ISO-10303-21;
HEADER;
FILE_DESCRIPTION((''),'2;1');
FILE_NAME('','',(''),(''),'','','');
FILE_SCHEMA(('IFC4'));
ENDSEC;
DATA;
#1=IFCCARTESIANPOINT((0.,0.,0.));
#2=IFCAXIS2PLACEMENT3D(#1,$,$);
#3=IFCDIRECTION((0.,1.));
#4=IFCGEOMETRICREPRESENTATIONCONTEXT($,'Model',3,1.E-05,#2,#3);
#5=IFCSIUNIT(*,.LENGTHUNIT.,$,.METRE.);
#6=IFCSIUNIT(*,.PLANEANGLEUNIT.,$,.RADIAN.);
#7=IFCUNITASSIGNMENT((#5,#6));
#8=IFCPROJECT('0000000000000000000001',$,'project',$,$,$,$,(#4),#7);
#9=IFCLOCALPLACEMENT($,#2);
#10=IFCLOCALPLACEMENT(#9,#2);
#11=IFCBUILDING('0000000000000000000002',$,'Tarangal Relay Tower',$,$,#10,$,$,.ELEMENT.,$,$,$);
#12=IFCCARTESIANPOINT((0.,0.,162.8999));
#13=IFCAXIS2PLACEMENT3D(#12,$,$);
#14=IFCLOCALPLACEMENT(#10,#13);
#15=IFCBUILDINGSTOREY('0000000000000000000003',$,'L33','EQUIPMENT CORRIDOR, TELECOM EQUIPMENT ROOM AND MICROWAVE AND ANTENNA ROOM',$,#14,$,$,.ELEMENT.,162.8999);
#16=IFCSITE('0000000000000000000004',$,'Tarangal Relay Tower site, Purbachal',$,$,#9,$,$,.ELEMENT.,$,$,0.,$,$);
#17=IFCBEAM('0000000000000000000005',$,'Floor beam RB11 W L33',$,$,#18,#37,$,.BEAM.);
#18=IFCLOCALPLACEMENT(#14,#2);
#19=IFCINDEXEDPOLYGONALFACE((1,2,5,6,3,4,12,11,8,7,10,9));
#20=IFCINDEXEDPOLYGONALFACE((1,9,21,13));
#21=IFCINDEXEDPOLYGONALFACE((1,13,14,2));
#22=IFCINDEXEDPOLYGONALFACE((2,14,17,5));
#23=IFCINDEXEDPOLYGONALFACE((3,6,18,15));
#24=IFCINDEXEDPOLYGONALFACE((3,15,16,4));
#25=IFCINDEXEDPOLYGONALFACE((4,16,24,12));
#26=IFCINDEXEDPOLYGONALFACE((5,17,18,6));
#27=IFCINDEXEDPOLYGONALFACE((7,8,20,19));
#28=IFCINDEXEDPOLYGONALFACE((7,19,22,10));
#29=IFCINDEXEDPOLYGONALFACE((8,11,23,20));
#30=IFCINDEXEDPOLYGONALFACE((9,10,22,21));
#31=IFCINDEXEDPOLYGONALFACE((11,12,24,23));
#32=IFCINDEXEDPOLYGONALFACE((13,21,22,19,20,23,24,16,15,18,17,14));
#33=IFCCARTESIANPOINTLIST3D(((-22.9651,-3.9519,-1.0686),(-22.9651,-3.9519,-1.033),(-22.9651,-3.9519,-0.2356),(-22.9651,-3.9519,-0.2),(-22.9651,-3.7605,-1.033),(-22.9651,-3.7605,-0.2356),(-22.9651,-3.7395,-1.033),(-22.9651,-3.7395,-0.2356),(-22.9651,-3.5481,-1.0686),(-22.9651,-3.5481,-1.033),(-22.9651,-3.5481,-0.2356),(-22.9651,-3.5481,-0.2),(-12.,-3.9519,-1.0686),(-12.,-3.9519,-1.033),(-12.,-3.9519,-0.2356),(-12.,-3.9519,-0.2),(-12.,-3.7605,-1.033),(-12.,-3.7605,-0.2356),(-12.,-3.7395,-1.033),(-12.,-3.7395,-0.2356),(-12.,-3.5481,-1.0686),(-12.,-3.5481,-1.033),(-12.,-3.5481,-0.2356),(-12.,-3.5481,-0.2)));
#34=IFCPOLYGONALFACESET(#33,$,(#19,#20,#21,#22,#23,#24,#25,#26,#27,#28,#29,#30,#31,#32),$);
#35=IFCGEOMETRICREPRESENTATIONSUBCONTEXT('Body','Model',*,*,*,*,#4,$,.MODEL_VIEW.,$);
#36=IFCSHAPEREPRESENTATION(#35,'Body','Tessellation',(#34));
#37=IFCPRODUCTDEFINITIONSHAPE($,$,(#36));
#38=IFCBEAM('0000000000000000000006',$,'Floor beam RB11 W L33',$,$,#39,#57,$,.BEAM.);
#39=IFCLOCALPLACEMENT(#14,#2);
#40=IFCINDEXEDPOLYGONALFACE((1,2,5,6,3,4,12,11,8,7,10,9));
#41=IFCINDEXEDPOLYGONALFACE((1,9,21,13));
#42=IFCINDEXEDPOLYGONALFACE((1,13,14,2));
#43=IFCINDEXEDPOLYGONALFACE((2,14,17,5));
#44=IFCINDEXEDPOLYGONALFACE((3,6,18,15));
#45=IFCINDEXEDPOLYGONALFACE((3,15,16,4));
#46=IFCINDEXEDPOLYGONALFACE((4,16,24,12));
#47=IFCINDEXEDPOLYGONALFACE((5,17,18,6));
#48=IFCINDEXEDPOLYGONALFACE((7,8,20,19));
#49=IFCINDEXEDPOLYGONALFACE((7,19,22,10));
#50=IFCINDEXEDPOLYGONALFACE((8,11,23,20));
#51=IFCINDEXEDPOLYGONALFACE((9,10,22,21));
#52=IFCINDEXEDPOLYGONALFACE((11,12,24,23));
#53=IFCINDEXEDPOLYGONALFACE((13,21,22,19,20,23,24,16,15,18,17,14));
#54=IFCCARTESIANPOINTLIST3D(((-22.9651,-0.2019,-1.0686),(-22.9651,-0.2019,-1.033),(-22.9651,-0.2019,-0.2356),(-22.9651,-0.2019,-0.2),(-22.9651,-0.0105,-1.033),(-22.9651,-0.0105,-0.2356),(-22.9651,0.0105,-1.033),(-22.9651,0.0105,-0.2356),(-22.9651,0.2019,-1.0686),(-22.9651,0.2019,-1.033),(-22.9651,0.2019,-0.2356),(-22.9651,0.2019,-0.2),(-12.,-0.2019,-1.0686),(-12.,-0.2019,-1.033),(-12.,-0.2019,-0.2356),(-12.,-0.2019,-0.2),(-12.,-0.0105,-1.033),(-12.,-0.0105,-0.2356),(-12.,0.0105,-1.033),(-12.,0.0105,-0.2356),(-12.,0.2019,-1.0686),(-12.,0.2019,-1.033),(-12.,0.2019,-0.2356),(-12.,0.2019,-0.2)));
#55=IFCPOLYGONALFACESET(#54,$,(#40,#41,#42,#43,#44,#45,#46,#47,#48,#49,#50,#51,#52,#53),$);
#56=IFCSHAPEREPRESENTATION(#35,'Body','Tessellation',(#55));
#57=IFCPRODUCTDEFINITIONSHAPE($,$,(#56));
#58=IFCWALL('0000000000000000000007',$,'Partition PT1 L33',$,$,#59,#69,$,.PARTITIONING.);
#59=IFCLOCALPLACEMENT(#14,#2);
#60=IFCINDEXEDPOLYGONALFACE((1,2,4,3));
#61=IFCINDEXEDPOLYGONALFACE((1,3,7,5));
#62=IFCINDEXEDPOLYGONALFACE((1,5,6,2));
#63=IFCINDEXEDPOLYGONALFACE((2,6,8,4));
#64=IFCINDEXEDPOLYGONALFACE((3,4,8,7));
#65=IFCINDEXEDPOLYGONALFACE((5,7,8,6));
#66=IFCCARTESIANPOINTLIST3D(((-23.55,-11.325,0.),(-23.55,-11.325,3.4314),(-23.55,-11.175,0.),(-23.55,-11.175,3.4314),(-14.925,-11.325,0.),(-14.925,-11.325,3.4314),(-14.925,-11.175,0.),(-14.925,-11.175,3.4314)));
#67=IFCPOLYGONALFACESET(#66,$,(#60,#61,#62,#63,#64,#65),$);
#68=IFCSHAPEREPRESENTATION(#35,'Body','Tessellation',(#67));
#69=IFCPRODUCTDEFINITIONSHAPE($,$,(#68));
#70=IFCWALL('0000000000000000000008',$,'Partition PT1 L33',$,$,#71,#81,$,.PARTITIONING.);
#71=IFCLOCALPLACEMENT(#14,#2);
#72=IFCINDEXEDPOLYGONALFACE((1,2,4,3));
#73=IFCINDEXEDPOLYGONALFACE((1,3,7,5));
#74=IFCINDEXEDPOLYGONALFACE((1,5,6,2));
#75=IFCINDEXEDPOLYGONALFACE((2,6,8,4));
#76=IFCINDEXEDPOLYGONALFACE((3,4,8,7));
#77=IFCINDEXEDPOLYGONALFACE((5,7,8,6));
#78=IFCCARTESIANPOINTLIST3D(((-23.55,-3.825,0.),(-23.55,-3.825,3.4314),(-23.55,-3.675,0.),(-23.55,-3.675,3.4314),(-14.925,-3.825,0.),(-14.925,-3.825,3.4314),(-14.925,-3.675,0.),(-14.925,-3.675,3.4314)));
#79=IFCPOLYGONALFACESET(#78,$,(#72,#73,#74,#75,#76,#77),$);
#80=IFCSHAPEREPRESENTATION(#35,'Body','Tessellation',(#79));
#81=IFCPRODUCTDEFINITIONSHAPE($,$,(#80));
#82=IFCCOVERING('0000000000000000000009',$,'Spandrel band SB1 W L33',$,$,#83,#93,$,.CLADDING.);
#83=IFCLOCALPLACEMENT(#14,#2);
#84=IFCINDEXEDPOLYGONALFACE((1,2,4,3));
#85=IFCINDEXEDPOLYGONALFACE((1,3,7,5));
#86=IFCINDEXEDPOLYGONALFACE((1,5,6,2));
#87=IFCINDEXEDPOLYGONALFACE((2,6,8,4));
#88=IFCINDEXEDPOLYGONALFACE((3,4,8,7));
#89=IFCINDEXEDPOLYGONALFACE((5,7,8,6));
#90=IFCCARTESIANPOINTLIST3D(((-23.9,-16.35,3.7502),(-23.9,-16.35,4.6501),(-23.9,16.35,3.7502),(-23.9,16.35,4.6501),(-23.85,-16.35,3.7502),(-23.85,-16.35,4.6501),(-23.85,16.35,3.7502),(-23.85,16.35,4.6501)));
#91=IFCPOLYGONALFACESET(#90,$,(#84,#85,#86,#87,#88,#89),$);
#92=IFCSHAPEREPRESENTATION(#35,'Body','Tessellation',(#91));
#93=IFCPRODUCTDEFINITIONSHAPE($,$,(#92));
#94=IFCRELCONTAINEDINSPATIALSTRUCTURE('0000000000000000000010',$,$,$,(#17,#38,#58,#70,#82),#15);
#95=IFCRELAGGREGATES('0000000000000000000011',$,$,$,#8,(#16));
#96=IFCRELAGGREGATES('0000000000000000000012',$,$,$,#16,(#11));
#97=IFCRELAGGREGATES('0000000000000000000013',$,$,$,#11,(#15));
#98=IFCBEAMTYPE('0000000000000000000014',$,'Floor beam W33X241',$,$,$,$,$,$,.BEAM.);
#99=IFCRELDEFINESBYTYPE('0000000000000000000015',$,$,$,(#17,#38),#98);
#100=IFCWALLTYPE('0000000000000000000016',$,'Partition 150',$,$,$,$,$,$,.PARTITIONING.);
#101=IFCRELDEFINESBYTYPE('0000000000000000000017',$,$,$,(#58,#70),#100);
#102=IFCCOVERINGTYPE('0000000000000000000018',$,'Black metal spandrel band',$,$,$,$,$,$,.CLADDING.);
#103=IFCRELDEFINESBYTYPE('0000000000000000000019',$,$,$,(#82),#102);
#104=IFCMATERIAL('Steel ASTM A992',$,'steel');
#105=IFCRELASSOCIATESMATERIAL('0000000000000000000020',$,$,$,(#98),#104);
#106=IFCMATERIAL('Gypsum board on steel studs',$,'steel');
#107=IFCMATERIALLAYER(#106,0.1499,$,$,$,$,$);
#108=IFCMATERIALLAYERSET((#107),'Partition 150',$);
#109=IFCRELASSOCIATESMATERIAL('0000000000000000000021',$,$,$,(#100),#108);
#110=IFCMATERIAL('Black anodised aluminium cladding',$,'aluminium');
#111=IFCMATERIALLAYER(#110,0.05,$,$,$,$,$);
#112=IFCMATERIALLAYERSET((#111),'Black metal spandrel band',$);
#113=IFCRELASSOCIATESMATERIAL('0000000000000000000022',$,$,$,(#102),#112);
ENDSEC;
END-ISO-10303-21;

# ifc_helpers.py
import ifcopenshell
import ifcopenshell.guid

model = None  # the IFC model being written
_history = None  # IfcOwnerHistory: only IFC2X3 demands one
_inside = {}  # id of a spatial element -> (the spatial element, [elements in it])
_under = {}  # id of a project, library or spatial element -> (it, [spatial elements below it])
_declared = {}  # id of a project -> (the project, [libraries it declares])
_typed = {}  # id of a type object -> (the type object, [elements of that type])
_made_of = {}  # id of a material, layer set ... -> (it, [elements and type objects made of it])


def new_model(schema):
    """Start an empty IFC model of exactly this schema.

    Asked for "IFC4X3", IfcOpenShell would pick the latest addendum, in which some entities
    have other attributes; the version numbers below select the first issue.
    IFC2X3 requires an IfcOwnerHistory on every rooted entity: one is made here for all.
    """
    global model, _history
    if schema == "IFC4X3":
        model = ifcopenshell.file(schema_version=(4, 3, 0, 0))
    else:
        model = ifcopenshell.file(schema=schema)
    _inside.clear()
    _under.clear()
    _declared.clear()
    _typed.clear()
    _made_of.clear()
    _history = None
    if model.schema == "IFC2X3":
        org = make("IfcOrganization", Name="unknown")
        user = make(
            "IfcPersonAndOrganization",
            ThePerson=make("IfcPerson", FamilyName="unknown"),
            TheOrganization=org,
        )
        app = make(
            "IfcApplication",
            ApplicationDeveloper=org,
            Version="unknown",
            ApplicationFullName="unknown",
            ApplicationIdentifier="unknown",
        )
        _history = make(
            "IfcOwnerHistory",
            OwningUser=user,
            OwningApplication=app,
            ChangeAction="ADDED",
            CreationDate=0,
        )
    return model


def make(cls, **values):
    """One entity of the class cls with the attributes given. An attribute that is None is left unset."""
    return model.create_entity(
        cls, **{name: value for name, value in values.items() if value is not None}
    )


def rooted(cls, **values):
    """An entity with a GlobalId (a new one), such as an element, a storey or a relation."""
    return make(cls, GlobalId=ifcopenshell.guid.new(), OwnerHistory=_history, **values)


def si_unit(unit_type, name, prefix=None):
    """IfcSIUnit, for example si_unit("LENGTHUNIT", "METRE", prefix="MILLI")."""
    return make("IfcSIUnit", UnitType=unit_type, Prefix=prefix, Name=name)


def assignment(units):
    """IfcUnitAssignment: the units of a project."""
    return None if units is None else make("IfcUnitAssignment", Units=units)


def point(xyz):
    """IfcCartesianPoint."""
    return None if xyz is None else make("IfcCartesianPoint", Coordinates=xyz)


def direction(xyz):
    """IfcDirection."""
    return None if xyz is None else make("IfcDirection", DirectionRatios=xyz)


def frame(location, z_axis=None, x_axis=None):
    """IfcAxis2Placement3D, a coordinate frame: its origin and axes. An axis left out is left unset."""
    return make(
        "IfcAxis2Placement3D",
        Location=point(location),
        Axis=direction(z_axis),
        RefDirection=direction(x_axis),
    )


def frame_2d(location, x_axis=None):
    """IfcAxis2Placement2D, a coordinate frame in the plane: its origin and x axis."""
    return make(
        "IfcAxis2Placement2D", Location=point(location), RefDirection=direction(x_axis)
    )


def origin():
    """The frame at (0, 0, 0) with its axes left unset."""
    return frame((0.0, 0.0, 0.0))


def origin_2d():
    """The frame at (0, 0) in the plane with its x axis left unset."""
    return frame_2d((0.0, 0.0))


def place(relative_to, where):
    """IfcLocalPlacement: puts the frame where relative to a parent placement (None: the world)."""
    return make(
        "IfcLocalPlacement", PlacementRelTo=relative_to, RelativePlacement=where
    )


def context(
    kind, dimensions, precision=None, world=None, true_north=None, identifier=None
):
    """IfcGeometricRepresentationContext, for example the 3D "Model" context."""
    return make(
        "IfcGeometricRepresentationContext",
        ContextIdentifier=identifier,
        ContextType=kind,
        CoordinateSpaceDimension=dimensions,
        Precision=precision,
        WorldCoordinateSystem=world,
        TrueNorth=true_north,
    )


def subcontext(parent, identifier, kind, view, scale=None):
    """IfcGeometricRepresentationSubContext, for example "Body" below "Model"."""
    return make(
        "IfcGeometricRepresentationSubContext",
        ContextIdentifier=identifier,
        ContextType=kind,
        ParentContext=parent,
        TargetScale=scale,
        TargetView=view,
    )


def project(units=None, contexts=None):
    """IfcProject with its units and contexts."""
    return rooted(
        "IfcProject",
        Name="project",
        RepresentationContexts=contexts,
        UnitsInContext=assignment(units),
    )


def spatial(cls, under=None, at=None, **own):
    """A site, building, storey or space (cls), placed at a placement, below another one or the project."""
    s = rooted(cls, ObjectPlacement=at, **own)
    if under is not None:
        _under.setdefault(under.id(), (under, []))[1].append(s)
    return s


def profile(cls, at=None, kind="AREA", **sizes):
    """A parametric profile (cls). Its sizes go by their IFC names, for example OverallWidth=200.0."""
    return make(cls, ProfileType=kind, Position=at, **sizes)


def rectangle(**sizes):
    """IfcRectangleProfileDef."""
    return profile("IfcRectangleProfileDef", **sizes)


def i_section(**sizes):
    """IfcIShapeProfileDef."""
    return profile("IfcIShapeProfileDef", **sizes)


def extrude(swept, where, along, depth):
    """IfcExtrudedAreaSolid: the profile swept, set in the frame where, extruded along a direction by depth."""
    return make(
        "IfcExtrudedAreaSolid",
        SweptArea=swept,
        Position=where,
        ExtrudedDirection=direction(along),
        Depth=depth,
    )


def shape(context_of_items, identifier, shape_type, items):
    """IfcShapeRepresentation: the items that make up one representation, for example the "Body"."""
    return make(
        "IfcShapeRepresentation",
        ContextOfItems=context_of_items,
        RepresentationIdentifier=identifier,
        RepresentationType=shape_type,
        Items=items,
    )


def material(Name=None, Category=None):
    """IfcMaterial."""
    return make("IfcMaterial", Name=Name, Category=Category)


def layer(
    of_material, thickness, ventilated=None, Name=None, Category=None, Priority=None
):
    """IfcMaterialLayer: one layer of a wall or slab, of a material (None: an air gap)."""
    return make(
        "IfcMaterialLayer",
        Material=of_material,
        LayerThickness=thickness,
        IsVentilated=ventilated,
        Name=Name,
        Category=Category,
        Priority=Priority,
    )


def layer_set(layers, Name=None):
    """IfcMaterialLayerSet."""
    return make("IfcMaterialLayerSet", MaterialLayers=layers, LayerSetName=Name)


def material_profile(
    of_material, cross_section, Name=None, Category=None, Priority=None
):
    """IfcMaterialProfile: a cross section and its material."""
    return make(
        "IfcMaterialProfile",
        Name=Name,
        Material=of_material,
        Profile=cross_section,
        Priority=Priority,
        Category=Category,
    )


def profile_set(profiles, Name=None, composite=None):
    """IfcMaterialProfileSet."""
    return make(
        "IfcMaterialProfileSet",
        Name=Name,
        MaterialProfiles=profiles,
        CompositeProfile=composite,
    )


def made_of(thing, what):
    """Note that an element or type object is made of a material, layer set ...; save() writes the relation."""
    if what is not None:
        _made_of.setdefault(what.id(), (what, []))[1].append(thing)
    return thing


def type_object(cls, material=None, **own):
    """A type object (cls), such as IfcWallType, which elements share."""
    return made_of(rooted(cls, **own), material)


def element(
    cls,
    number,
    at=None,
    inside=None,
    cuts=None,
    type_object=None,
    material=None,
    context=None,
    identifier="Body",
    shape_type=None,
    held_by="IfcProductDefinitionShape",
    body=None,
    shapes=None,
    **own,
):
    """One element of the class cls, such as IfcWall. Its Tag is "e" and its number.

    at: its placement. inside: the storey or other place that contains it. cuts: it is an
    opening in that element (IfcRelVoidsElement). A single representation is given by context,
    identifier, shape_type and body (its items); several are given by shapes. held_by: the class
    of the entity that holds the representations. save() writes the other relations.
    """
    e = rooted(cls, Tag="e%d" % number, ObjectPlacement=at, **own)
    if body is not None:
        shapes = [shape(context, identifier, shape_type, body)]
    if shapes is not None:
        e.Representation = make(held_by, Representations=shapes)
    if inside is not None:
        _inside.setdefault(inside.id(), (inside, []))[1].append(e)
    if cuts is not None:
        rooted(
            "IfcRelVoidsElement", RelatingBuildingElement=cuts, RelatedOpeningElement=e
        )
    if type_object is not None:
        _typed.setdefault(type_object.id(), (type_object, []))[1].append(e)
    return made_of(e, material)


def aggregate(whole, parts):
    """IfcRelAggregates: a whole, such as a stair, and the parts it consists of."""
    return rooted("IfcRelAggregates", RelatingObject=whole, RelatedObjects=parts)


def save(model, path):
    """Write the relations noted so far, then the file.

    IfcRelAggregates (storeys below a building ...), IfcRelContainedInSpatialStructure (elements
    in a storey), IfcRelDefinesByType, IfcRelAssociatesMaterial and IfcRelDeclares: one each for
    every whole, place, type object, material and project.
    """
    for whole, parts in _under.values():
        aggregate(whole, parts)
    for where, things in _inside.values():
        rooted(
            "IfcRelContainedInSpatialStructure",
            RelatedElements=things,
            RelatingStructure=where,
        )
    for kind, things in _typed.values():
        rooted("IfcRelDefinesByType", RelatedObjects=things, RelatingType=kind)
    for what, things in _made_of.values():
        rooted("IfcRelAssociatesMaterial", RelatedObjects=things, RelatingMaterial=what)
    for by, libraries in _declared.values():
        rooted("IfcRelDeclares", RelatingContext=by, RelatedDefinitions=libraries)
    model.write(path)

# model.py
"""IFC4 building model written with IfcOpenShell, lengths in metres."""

from ifc_helpers import new_model, si_unit, direction, frame, frame_2d, origin, origin_2d, place, context, subcontext, project, spatial, rectangle, i_section, extrude, material, layer, layer_set, material_profile, profile_set, type_object, element, save


model = new_model("IFC4")

# Units and contexts
model_context = context("Model", 3, precision=1e-05, world=origin(), true_north=direction((0.0, 1.0)))
body_context = subcontext(model_context, "Body", "Model", "MODEL_VIEW")
ifc_project = project(units=[si_unit("LENGTHUNIT", "METRE"), si_unit("PLANEANGLEUNIT", "RADIAN")], contexts=[model_context])

# Site, building, storey
site_placement = place(None, origin())
site = spatial("IfcSite", under=ifc_project, at=site_placement, Name="Tarangal Relay Tower site, Purbachal", CompositionType="ELEMENT", RefElevation=0.0)
building_placement = place(site_placement, origin())
building = spatial("IfcBuilding", under=site, at=building_placement, Name="Tarangal Relay Tower", CompositionType="ELEMENT")
storey_placement = place(building_placement, frame((0.0, 0.0, 162.8999)))
storey = spatial("IfcBuildingStorey", under=building, at=storey_placement, Name="L33", Description="EQUIPMENT CORRIDOR, TELECOM EQUIPMENT ROOM AND MICROWAVE AND ANTENNA ROOM", CompositionType="ELEMENT", Elevation=162.8999)

# Beams
ifc_material_1 = material(Name="Steel ASTM A992", Category="steel")
ifc_material_profile_1 = material_profile(ifc_material_1, i_section(OverallWidth=0.4038, OverallDepth=0.8687, WebThickness=0.021, FlangeThickness=0.0356, at=origin_2d()), Name="W33X241")
ifc_profile_set_1 = profile_set([ifc_material_profile_1], Name="Steel ASTM A992")
beam_type_1 = type_object("IfcBeamType", Name="Floor beam W33X241", PredefinedType="BEAM", material=ifc_profile_set_1)
for number, where, z_axis, x_axis, name in (
    (1, (-12.0, -3.75, -0.6343), (-1.0, 0.0, 0.0), (0.0, -1.0, 0.0), "Floor beam RB11 W L33"),
    (2, (-12.0, 0.0, -0.6343), (-1.0, 0.0, 0.0), (0.0, -1.0, 0.0), "Floor beam RB11 W L33"),
):
    element("IfcBeam", number, at=place(storey_placement, frame(where, z_axis=z_axis, x_axis=x_axis)), inside=storey, type_object=beam_type_1, Name=name, PredefinedType="BEAM", context=body_context, shape_type="SweptSolid", body=[
        extrude(i_section(OverallWidth=0.4038, OverallDepth=0.8687, WebThickness=0.021, FlangeThickness=0.0356, at=origin_2d()), origin(), (0.0, 0.0, 1.0), 10.9651),
    ])

# Walls
ifc_material_2 = material(Name="Gypsum board on steel studs", Category="steel")
ifc_layer_1 = layer(ifc_material_2, 0.1499)
ifc_layer_set_1 = layer_set([ifc_layer_1], Name="Partition 150")
wall_type = type_object("IfcWallType", Name="Partition 150", PredefinedType="PARTITIONING", material=ifc_layer_set_1)
for number, where, z_axis, x_axis, name in (
    (3, (-23.55, -11.25, 0.0), (0.0, 0.0, 1.0), (1.0, 0.0, 0.0), "Partition PT1 L33"),
    (4, (-23.55, -3.75, 0.0), (0.0, 0.0, 1.0), (1.0, 0.0, 0.0), "Partition PT1 L33"),
):
    element("IfcWall", number, at=place(storey_placement, frame(where, z_axis=z_axis, x_axis=x_axis)), inside=storey, type_object=wall_type, Name=name, PredefinedType="PARTITIONING", context=body_context, shape_type="SweptSolid", body=[
        extrude(rectangle(XDim=8.625, YDim=0.1499, at=frame_2d((4.3125, 0.0))), origin(), (0.0, 0.0, 1.0), 3.4314),
    ])

# Covering
ifc_material_3 = material(Name="Black anodised aluminium cladding", Category="aluminium")
ifc_layer_2 = layer(ifc_material_3, 0.05)
ifc_layer_set_2 = layer_set([ifc_layer_2], Name="Black metal spandrel band")
covering_type = type_object("IfcCoveringType", Name="Black metal spandrel band", PredefinedType="CLADDING", material=ifc_layer_set_2)
covering_placement = place(storey_placement, frame((-23.875, 0.0, 3.7502), z_axis=(0.0, 0.0, 1.0), x_axis=(0.0, 1.0, 0.0)))
element("IfcCovering", 5, at=covering_placement, inside=storey, type_object=covering_type, Name="Spandrel band SB1 W L33", PredefinedType="CLADDING", context=body_context, shape_type="SweptSolid", body=[
    extrude(rectangle(XDim=32.7, YDim=0.05, at=origin_2d()), origin(), (0.0, 0.0, 1.0), 0.8999),
])

save(model, "model.ifc")
